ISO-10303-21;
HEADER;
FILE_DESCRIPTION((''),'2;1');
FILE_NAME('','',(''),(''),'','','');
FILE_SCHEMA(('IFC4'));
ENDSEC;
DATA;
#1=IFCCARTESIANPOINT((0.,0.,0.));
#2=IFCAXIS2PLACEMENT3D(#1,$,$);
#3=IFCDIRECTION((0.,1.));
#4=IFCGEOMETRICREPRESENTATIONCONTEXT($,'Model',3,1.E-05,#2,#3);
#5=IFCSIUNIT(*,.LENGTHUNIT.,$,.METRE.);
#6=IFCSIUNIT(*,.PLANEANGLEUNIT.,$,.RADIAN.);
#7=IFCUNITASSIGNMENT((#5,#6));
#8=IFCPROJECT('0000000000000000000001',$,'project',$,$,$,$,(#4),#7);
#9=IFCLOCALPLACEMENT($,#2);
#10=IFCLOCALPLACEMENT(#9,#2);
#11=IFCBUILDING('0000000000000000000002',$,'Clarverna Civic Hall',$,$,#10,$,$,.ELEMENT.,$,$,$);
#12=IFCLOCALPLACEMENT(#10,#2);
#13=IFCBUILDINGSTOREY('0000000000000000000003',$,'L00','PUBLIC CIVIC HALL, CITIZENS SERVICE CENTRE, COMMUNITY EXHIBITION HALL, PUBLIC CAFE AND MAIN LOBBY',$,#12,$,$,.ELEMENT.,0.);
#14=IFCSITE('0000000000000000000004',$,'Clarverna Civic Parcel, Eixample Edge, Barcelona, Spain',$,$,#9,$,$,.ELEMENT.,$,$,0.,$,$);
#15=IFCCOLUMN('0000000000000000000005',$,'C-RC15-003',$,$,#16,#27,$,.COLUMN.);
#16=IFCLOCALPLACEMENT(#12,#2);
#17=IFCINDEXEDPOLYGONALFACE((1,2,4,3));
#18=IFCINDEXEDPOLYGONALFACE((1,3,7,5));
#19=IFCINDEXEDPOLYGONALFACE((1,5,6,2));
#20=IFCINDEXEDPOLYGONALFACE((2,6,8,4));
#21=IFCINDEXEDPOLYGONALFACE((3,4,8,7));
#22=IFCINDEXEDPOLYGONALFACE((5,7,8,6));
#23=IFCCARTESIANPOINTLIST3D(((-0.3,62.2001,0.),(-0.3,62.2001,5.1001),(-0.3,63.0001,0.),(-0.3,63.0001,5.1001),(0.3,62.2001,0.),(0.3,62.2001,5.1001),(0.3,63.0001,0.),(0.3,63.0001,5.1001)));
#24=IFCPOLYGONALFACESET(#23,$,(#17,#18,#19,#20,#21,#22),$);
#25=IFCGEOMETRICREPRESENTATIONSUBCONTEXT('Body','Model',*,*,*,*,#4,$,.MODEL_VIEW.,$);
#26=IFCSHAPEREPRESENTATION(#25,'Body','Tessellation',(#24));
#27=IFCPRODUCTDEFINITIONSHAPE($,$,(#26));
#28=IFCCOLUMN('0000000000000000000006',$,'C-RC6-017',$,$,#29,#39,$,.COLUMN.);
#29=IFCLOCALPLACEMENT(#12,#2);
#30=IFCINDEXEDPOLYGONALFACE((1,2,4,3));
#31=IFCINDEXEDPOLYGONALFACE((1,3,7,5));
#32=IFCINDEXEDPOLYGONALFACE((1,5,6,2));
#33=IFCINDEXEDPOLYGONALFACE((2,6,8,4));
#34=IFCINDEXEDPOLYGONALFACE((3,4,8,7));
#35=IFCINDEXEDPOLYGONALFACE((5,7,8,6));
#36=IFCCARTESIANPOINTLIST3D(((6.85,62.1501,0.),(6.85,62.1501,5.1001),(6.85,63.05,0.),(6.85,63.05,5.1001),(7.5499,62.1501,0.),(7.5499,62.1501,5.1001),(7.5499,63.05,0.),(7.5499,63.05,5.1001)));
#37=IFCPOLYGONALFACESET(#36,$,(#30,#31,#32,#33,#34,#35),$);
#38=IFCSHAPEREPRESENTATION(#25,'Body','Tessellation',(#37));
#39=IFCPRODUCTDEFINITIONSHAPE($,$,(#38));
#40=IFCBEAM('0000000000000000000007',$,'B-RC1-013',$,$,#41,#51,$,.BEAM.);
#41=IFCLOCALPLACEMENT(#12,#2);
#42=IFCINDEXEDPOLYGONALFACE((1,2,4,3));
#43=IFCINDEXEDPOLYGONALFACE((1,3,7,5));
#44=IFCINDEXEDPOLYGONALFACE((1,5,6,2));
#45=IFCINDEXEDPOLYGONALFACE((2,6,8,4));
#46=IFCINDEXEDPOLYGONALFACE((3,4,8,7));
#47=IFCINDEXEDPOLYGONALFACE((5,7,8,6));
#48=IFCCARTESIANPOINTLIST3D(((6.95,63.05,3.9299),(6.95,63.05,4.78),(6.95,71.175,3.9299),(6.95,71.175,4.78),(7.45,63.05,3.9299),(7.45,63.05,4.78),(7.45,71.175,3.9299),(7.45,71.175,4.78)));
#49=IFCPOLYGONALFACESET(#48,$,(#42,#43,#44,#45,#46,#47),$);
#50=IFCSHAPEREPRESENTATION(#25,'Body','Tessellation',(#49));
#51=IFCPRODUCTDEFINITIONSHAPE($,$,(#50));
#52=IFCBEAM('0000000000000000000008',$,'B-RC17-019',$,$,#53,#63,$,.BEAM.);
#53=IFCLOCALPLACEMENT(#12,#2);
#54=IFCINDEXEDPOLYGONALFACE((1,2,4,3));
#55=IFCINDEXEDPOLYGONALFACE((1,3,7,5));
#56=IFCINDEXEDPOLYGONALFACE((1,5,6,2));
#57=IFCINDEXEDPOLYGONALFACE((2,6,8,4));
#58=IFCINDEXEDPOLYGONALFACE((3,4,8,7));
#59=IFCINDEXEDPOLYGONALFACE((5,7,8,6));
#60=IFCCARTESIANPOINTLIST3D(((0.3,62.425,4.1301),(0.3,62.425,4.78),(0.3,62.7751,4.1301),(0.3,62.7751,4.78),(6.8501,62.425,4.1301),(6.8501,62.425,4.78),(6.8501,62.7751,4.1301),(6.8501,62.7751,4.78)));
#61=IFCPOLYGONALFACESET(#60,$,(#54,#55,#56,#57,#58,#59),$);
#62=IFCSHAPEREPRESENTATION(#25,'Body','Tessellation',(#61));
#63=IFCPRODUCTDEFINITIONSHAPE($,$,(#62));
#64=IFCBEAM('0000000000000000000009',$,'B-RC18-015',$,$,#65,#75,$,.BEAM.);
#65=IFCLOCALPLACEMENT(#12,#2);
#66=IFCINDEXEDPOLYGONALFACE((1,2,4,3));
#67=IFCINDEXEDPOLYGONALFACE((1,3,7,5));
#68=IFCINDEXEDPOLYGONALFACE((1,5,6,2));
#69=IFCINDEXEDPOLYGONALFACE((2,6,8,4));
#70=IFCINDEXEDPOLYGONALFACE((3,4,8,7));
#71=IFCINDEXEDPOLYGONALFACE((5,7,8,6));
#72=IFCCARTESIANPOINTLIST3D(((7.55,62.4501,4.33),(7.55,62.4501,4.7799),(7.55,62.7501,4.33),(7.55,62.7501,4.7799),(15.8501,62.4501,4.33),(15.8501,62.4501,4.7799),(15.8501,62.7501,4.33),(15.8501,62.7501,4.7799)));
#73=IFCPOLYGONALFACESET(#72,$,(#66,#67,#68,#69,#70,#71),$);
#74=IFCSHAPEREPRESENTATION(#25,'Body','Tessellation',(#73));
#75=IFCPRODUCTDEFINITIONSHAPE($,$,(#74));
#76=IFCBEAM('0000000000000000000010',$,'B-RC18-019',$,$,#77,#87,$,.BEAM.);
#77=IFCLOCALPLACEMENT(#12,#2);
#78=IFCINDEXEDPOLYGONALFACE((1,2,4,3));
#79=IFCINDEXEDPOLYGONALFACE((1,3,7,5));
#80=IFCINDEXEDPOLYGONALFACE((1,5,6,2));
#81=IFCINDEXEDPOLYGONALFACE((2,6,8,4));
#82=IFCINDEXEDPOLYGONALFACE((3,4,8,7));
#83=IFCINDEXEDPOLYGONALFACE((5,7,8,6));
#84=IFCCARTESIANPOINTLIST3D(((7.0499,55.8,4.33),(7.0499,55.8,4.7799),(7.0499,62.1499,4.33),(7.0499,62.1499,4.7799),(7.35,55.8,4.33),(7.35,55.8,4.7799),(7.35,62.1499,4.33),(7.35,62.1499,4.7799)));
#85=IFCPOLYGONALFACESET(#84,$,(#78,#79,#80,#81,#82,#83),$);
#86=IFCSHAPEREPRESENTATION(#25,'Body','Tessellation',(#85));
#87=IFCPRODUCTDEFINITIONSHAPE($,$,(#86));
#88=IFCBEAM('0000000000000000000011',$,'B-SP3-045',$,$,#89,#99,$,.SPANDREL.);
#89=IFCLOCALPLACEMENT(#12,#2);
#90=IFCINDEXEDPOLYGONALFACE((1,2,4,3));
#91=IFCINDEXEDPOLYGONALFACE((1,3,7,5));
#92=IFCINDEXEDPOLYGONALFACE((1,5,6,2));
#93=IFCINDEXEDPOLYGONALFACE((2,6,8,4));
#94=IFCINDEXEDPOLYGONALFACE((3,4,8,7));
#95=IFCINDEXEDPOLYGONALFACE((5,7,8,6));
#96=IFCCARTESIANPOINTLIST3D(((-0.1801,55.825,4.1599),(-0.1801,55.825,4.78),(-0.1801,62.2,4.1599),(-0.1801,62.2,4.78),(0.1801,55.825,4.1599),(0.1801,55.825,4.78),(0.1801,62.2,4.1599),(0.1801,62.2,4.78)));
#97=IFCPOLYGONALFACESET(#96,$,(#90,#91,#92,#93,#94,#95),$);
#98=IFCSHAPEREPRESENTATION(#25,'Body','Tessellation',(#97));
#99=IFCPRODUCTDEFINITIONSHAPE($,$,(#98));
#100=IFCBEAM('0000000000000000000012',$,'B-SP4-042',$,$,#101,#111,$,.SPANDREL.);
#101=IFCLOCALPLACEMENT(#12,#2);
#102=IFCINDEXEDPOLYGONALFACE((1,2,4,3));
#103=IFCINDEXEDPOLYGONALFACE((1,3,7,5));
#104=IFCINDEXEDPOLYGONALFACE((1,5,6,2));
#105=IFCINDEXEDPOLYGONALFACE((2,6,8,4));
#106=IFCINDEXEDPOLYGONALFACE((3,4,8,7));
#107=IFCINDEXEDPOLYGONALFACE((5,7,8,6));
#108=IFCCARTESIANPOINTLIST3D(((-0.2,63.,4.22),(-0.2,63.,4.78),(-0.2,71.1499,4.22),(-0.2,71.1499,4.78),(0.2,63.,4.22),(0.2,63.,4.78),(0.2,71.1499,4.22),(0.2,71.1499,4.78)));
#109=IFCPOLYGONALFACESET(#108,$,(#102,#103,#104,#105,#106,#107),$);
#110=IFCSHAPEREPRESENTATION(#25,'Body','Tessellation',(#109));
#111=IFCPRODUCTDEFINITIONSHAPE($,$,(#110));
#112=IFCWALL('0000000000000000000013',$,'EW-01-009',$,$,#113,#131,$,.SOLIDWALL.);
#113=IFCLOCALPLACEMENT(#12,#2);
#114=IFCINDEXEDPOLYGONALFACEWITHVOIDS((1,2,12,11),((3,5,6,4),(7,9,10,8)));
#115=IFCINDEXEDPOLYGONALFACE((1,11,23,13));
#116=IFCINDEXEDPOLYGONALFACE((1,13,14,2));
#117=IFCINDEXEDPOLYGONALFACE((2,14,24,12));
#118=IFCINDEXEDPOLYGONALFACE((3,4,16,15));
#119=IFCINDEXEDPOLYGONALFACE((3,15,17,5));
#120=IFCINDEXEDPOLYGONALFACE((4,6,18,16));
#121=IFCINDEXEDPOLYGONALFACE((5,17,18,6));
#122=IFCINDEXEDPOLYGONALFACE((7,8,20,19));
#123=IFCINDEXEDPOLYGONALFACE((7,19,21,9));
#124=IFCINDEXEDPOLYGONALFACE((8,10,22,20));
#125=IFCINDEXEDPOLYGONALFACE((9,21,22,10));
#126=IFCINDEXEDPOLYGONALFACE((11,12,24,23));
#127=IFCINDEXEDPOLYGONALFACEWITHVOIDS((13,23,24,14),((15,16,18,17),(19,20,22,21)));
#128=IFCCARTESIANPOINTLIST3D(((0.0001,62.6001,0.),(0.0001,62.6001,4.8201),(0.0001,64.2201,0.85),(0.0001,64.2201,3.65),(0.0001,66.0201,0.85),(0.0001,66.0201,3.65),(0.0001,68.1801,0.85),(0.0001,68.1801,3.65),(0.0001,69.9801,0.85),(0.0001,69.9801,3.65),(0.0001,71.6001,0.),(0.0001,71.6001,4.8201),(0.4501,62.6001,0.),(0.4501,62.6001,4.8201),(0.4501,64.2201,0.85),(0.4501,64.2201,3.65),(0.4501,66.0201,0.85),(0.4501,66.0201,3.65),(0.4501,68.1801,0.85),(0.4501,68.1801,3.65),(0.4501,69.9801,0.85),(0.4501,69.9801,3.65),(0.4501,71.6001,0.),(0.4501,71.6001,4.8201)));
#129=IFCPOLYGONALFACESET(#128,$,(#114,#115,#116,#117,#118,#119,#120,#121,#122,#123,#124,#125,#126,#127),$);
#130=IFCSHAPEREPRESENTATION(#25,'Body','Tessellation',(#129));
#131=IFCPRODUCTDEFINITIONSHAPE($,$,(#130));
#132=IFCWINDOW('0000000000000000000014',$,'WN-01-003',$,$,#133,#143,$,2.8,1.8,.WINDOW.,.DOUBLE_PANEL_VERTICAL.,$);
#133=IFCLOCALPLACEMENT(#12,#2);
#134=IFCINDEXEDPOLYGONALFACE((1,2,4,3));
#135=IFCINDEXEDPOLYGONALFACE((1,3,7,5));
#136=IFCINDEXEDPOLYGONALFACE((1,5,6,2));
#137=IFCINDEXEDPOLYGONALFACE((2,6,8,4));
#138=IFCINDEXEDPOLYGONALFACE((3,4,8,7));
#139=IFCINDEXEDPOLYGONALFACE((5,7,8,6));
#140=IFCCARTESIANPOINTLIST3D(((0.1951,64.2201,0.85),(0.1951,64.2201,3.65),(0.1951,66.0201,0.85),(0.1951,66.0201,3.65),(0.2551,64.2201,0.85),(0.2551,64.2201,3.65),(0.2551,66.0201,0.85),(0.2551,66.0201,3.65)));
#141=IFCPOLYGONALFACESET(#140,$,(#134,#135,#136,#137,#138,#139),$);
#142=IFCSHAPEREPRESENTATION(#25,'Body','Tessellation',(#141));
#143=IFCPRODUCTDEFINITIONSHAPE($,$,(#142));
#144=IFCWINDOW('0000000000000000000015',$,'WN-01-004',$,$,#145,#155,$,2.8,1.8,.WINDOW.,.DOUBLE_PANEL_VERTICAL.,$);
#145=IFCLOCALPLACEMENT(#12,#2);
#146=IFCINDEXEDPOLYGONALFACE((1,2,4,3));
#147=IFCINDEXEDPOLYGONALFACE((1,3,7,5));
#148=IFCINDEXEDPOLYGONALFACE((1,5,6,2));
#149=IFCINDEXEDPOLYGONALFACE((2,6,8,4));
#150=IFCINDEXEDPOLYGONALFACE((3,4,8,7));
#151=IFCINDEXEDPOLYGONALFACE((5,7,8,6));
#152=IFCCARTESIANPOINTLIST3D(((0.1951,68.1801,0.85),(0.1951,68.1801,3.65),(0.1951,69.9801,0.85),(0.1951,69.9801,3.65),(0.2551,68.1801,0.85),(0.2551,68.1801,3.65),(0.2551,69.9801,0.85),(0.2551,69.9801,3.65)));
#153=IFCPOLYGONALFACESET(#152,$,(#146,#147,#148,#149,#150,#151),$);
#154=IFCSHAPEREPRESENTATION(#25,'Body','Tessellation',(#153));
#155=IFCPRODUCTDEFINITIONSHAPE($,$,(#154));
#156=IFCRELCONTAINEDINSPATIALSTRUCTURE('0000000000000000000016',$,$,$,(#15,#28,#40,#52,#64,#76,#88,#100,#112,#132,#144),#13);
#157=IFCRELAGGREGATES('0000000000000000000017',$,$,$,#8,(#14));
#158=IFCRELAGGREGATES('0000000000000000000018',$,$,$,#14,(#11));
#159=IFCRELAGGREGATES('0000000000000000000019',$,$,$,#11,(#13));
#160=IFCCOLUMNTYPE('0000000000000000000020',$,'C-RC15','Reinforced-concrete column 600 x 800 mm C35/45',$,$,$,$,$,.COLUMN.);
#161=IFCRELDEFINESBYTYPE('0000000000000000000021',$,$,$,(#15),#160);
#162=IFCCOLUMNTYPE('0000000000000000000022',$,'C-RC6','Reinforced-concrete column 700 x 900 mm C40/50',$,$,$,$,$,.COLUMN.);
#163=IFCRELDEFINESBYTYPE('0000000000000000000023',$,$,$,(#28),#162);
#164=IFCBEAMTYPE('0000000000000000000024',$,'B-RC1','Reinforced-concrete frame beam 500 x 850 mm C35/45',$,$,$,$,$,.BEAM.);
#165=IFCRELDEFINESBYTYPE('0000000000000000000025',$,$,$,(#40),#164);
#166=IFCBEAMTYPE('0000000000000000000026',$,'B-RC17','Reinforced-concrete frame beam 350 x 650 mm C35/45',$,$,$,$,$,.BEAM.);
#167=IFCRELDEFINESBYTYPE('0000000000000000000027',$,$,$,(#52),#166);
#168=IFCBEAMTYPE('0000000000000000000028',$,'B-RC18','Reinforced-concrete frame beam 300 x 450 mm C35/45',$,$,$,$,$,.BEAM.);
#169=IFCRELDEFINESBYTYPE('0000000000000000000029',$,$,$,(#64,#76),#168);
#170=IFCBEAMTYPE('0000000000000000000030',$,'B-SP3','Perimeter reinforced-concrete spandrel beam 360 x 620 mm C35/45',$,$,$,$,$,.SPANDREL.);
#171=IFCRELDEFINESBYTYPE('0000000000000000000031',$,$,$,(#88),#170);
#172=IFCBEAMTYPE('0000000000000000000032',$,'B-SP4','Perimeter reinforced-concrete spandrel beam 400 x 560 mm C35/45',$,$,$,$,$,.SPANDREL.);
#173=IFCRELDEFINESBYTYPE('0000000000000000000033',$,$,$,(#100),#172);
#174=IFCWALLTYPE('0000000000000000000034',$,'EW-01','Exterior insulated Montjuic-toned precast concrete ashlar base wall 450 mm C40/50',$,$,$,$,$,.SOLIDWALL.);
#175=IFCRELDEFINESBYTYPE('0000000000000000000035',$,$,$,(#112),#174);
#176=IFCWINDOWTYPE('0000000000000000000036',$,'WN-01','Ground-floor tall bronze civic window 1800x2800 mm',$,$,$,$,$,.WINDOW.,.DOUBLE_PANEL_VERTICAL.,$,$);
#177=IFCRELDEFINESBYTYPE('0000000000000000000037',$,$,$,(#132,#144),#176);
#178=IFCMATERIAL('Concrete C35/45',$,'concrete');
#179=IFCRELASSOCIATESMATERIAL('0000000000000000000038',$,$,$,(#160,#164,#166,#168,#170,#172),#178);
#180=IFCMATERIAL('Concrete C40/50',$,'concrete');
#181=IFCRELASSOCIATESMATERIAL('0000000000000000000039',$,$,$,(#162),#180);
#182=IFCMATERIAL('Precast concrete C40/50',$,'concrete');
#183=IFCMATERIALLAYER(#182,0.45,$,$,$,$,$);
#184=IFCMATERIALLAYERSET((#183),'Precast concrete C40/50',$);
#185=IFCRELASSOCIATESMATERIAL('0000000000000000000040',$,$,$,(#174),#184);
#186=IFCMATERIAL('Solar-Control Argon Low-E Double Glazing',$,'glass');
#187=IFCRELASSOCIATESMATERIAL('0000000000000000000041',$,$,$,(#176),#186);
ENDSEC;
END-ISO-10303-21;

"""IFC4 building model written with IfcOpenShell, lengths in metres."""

from ifc_helpers import new_model, si_unit, direction, frame, frame_2d, origin, origin_2d, place, context, subcontext, project, spatial, rectangle, extrude, material, layer, layer_set, material_profile, profile_set, type_object, element, fill, save


model = new_model("IFC4")

# Units and contexts
model_context = context("Model", 3, precision=1e-05, world=origin(), true_north=direction((0.0, 1.0)))
body_context = subcontext(model_context, "Body", "Model", "MODEL_VIEW")
ifc_project = project(units=[si_unit("LENGTHUNIT", "METRE"), si_unit("PLANEANGLEUNIT", "RADIAN")], contexts=[model_context])

# Site, building, storey
site_placement = place(None, origin())
site = spatial("IfcSite", under=ifc_project, at=site_placement, Name="Clarverna Civic Parcel, Eixample Edge, Barcelona, Spain", CompositionType="ELEMENT", RefElevation=0.0)
building_placement = place(site_placement, origin())
building = spatial("IfcBuilding", under=site, at=building_placement, Name="Clarverna Civic Hall", CompositionType="ELEMENT")
storey_placement = place(building_placement, origin())
storey = spatial("IfcBuildingStorey", under=building, at=storey_placement, Name="L00", Description="PUBLIC CIVIC HALL, CITIZENS SERVICE CENTRE, COMMUNITY EXHIBITION HALL, PUBLIC CAFE AND MAIN LOBBY", CompositionType="ELEMENT", Elevation=0.0)

# Columns
ifc_material_1 = material(Name="Concrete C35/45", Category="concrete")
ifc_material_profile_1 = material_profile(ifc_material_1, rectangle(XDim=0.6001, YDim=0.8, at=origin_2d()), Name="RC 600x800")
ifc_profile_set_1 = profile_set([ifc_material_profile_1], Name="Concrete C35/45")
column_type_1 = type_object("IfcColumnType", Name="C-RC15", Description="Reinforced-concrete column 600 x 800 mm C35/45", PredefinedType="COLUMN", material=ifc_profile_set_1)
column_1_placement = place(storey_placement, frame((0.0, 62.6001, 0.0), z_axis=(0.0, 0.0, 1.0), x_axis=(1.0, 0.0, 0.0)))
element("IfcColumn", 1, at=column_1_placement, inside=storey, type_object=column_type_1, Name="C-RC15-003", PredefinedType="COLUMN", context=body_context, shape_type="SweptSolid", body=[
    extrude(rectangle(XDim=0.6001, YDim=0.8, at=origin_2d()), origin(), (0.0, 0.0, 1.0), 5.1001),
])
ifc_material_2 = material(Name="Concrete C40/50", Category="concrete")
ifc_material_profile_2 = material_profile(ifc_material_2, rectangle(XDim=0.7, YDim=0.8999, at=origin_2d()), Name="RC 700x900")
ifc_profile_set_2 = profile_set([ifc_material_profile_2], Name="Concrete C40/50")
column_type_2 = type_object("IfcColumnType", Name="C-RC6", Description="Reinforced-concrete column 700 x 900 mm C40/50", PredefinedType="COLUMN", material=ifc_profile_set_2)
column_2_placement = place(storey_placement, frame((7.2, 62.6001, 0.0), z_axis=(0.0, 0.0, 1.0), x_axis=(1.0, 0.0, 0.0)))
element("IfcColumn", 2, at=column_2_placement, inside=storey, type_object=column_type_2, Name="C-RC6-017", PredefinedType="COLUMN", context=body_context, shape_type="SweptSolid", body=[
    extrude(rectangle(XDim=0.7, YDim=0.8999, at=origin_2d()), origin(), (0.0, 0.0, 1.0), 5.1001),
])

# Beams
ifc_material_profile_3 = material_profile(ifc_material_1, rectangle(XDim=0.5, YDim=0.8501, at=origin_2d()), Name="RC 500x850")
ifc_profile_set_3 = profile_set([ifc_material_profile_3], Name="Concrete C35/45")
beam_type_1 = type_object("IfcBeamType", Name="B-RC1", Description="Reinforced-concrete frame beam 500 x 850 mm C35/45", PredefinedType="BEAM", material=ifc_profile_set_3)
beam_1_placement = place(storey_placement, frame((7.2, 63.05, 4.355), z_axis=(0.0, 1.0, 0.0), x_axis=(-1.0, 0.0, 0.0)))
element("IfcBeam", 3, at=beam_1_placement, inside=storey, type_object=beam_type_1, Name="B-RC1-013", PredefinedType="BEAM", context=body_context, shape_type="SweptSolid", body=[
    extrude(rectangle(XDim=0.5, YDim=0.8501, at=origin_2d()), origin(), (0.0, 0.0, 1.0), 8.125),
])
ifc_material_profile_4 = material_profile(ifc_material_1, rectangle(XDim=0.3501, YDim=0.6499, at=origin_2d()), Name="RC 350x650")
ifc_profile_set_4 = profile_set([ifc_material_profile_4], Name="Concrete C35/45")
beam_type_2 = type_object("IfcBeamType", Name="B-RC17", Description="Reinforced-concrete frame beam 350 x 650 mm C35/45", PredefinedType="BEAM", material=ifc_profile_set_4)
beam_2_placement = place(storey_placement, frame((0.3, 62.6001, 4.4551), z_axis=(1.0, 0.0, 0.0), x_axis=(0.0, 1.0, 0.0)))
element("IfcBeam", 4, at=beam_2_placement, inside=storey, type_object=beam_type_2, Name="B-RC17-019", PredefinedType="BEAM", context=body_context, shape_type="SweptSolid", body=[
    extrude(rectangle(XDim=0.3501, YDim=0.6499, at=origin_2d()), origin(), (0.0, 0.0, 1.0), 6.55),
])
ifc_material_profile_5 = material_profile(ifc_material_1, rectangle(XDim=0.3, YDim=0.45, at=origin_2d()), Name="RC 300x450")
ifc_profile_set_5 = profile_set([ifc_material_profile_5], Name="Concrete C35/45")
beam_type_3 = type_object("IfcBeamType", Name="B-RC18", Description="Reinforced-concrete frame beam 300 x 450 mm C35/45", PredefinedType="BEAM", material=ifc_profile_set_5)
beam_3_placement = place(storey_placement, frame((7.55, 62.6001, 4.5549), z_axis=(1.0, 0.0, 0.0), x_axis=(0.0, 1.0, 0.0)))
element("IfcBeam", 5, at=beam_3_placement, inside=storey, type_object=beam_type_3, Name="B-RC18-015", PredefinedType="BEAM", context=body_context, shape_type="SweptSolid", body=[
    extrude(rectangle(XDim=0.3, YDim=0.45, at=origin_2d()), origin(), (0.0, 0.0, 1.0), 8.3),
])
beam_4_placement = place(storey_placement, frame((7.2, 55.8, 4.5549), z_axis=(0.0, 1.0, 0.0), x_axis=(-1.0, 0.0, 0.0)))
element("IfcBeam", 6, at=beam_4_placement, inside=storey, type_object=beam_type_3, Name="B-RC18-019", PredefinedType="BEAM", context=body_context, shape_type="SweptSolid", body=[
    extrude(rectangle(XDim=0.3, YDim=0.45, at=origin_2d()), origin(), (0.0, 0.0, 1.0), 6.3499),
])
ifc_material_profile_6 = material_profile(ifc_material_1, rectangle(XDim=0.3601, YDim=0.6201, at=origin_2d()), Name="RC 360x620")
ifc_profile_set_6 = profile_set([ifc_material_profile_6], Name="Concrete C35/45")
beam_type_4 = type_object("IfcBeamType", Name="B-SP3", Description="Perimeter reinforced-concrete spandrel beam 360 x 620 mm C35/45", PredefinedType="SPANDREL", material=ifc_profile_set_6)
beam_5_placement = place(storey_placement, frame((0.0, 55.825, 4.47), z_axis=(0.0, 1.0, 0.0), x_axis=(-1.0, 0.0, 0.0)))
element("IfcBeam", 7, at=beam_5_placement, inside=storey, type_object=beam_type_4, Name="B-SP3-045", PredefinedType="SPANDREL", context=body_context, shape_type="SweptSolid", body=[
    extrude(rectangle(XDim=0.3601, YDim=0.6201, at=origin_2d()), origin(), (0.0, 0.0, 1.0), 6.375),
])
ifc_material_profile_7 = material_profile(ifc_material_1, rectangle(XDim=0.3999, YDim=0.5601, at=origin_2d()), Name="RC 400x560")
ifc_profile_set_7 = profile_set([ifc_material_profile_7], Name="Concrete C35/45")
beam_type_5 = type_object("IfcBeamType", Name="B-SP4", Description="Perimeter reinforced-concrete spandrel beam 400 x 560 mm C35/45", PredefinedType="SPANDREL", material=ifc_profile_set_7)
beam_6_placement = place(storey_placement, frame((0.0, 63.0, 4.5), z_axis=(0.0, 1.0, 0.0), x_axis=(-1.0, 0.0, 0.0)))
element("IfcBeam", 8, at=beam_6_placement, inside=storey, type_object=beam_type_5, Name="B-SP4-042", PredefinedType="SPANDREL", context=body_context, shape_type="SweptSolid", body=[
    extrude(rectangle(XDim=0.3999, YDim=0.5601, at=origin_2d()), origin(), (0.0, 0.0, 1.0), 8.1499),
])

# Wall, openings, windows
ifc_material_3 = material(Name="Precast concrete C40/50", Category="concrete")
ifc_layer_1 = layer(ifc_material_3, 0.45)
ifc_layer_set_1 = layer_set([ifc_layer_1], Name="Precast concrete C40/50")
wall_type = type_object("IfcWallType", Name="EW-01", Description="Exterior insulated Montjuic-toned precast concrete ashlar base wall 450 mm C40/50", PredefinedType="SOLIDWALL", material=ifc_layer_set_1)
wall_1_placement = place(storey_placement, frame((0.2251, 62.6001, 0.0), z_axis=(0.0, 0.0, 1.0), x_axis=(0.0, 1.0, 0.0)))
wall_1 = element("IfcWall", 9, at=wall_1_placement, inside=storey, type_object=wall_type, Name="EW-01-009", PredefinedType="SOLIDWALL", context=body_context, shape_type="SweptSolid", body=[
    extrude(rectangle(XDim=9.0, YDim=0.45, at=frame_2d((4.5, 0.0))), origin(), (0.0, 0.0, 1.0), 4.8201),
])
opening_1_placement = place(wall_1_placement, frame((1.6201, 0.0, 0.8501)))
opening_1 = element("IfcOpeningElement", 10, at=opening_1_placement, cuts=wall_1, PredefinedType="OPENING", context=body_context, shape_type="SweptSolid", body=[
    extrude(rectangle(XDim=1.8, YDim=2.8, at=frame_2d((0.8999, 1.3999))), frame((0.0, 0.2349, 0.0), z_axis=(0.0, -1.0, 0.0), x_axis=(1.0, 0.0, 0.0)), (0.0, 0.0, 1.0), 0.47),
])
opening_2_placement = place(wall_1_placement, frame((5.5801, 0.0, 0.8501)))
opening_2 = element("IfcOpeningElement", 11, at=opening_2_placement, cuts=wall_1, PredefinedType="OPENING", context=body_context, shape_type="SweptSolid", body=[
    extrude(rectangle(XDim=1.8, YDim=2.8, at=frame_2d((0.8999, 1.3999))), frame((0.0, 0.2349, 0.0), z_axis=(0.0, -1.0, 0.0), x_axis=(1.0, 0.0, 0.0)), (0.0, 0.0, 1.0), 0.47),
])
ifc_material_4 = material(Name="Solar-Control Argon Low-E Double Glazing", Category="glass")
window_type = type_object("IfcWindowType", Name="WN-01", Description="Ground-floor tall bronze civic window 1800x2800 mm", PartitioningType="DOUBLE_PANEL_VERTICAL", PredefinedType="WINDOW", material=ifc_material_4)
window_1_placement = place(opening_1_placement, origin())
window_1 = element("IfcWindow", 12, at=window_1_placement, inside=storey, type_object=window_type, Name="WN-01-003", OverallHeight=2.8, OverallWidth=1.8, PartitioningType="DOUBLE_PANEL_VERTICAL", PredefinedType="WINDOW", context=body_context, shape_type="SweptSolid", body=[
    extrude(rectangle(XDim=1.8, YDim=2.8, at=frame_2d((0.8999, 1.3999))), frame((0.0, 0.03, 0.0), z_axis=(0.0, -1.0, 0.0), x_axis=(1.0, 0.0, 0.0)), (0.0, 0.0, 1.0), 0.0601),
])
fill(opening_1, window_1)
window_2_placement = place(opening_2_placement, origin())
window_2 = element("IfcWindow", 13, at=window_2_placement, inside=storey, type_object=window_type, Name="WN-01-004", OverallHeight=2.8, OverallWidth=1.8, PartitioningType="DOUBLE_PANEL_VERTICAL", PredefinedType="WINDOW", context=body_context, shape_type="SweptSolid", body=[
    extrude(rectangle(XDim=1.8, YDim=2.8, at=frame_2d((0.8999, 1.3999))), frame((0.0, 0.03, 0.0), z_axis=(0.0, -1.0, 0.0), x_axis=(1.0, 0.0, 0.0)), (0.0, 0.0, 1.0), 0.0601),
])
fill(opening_2, window_2)

save(model, "model.ifc")
